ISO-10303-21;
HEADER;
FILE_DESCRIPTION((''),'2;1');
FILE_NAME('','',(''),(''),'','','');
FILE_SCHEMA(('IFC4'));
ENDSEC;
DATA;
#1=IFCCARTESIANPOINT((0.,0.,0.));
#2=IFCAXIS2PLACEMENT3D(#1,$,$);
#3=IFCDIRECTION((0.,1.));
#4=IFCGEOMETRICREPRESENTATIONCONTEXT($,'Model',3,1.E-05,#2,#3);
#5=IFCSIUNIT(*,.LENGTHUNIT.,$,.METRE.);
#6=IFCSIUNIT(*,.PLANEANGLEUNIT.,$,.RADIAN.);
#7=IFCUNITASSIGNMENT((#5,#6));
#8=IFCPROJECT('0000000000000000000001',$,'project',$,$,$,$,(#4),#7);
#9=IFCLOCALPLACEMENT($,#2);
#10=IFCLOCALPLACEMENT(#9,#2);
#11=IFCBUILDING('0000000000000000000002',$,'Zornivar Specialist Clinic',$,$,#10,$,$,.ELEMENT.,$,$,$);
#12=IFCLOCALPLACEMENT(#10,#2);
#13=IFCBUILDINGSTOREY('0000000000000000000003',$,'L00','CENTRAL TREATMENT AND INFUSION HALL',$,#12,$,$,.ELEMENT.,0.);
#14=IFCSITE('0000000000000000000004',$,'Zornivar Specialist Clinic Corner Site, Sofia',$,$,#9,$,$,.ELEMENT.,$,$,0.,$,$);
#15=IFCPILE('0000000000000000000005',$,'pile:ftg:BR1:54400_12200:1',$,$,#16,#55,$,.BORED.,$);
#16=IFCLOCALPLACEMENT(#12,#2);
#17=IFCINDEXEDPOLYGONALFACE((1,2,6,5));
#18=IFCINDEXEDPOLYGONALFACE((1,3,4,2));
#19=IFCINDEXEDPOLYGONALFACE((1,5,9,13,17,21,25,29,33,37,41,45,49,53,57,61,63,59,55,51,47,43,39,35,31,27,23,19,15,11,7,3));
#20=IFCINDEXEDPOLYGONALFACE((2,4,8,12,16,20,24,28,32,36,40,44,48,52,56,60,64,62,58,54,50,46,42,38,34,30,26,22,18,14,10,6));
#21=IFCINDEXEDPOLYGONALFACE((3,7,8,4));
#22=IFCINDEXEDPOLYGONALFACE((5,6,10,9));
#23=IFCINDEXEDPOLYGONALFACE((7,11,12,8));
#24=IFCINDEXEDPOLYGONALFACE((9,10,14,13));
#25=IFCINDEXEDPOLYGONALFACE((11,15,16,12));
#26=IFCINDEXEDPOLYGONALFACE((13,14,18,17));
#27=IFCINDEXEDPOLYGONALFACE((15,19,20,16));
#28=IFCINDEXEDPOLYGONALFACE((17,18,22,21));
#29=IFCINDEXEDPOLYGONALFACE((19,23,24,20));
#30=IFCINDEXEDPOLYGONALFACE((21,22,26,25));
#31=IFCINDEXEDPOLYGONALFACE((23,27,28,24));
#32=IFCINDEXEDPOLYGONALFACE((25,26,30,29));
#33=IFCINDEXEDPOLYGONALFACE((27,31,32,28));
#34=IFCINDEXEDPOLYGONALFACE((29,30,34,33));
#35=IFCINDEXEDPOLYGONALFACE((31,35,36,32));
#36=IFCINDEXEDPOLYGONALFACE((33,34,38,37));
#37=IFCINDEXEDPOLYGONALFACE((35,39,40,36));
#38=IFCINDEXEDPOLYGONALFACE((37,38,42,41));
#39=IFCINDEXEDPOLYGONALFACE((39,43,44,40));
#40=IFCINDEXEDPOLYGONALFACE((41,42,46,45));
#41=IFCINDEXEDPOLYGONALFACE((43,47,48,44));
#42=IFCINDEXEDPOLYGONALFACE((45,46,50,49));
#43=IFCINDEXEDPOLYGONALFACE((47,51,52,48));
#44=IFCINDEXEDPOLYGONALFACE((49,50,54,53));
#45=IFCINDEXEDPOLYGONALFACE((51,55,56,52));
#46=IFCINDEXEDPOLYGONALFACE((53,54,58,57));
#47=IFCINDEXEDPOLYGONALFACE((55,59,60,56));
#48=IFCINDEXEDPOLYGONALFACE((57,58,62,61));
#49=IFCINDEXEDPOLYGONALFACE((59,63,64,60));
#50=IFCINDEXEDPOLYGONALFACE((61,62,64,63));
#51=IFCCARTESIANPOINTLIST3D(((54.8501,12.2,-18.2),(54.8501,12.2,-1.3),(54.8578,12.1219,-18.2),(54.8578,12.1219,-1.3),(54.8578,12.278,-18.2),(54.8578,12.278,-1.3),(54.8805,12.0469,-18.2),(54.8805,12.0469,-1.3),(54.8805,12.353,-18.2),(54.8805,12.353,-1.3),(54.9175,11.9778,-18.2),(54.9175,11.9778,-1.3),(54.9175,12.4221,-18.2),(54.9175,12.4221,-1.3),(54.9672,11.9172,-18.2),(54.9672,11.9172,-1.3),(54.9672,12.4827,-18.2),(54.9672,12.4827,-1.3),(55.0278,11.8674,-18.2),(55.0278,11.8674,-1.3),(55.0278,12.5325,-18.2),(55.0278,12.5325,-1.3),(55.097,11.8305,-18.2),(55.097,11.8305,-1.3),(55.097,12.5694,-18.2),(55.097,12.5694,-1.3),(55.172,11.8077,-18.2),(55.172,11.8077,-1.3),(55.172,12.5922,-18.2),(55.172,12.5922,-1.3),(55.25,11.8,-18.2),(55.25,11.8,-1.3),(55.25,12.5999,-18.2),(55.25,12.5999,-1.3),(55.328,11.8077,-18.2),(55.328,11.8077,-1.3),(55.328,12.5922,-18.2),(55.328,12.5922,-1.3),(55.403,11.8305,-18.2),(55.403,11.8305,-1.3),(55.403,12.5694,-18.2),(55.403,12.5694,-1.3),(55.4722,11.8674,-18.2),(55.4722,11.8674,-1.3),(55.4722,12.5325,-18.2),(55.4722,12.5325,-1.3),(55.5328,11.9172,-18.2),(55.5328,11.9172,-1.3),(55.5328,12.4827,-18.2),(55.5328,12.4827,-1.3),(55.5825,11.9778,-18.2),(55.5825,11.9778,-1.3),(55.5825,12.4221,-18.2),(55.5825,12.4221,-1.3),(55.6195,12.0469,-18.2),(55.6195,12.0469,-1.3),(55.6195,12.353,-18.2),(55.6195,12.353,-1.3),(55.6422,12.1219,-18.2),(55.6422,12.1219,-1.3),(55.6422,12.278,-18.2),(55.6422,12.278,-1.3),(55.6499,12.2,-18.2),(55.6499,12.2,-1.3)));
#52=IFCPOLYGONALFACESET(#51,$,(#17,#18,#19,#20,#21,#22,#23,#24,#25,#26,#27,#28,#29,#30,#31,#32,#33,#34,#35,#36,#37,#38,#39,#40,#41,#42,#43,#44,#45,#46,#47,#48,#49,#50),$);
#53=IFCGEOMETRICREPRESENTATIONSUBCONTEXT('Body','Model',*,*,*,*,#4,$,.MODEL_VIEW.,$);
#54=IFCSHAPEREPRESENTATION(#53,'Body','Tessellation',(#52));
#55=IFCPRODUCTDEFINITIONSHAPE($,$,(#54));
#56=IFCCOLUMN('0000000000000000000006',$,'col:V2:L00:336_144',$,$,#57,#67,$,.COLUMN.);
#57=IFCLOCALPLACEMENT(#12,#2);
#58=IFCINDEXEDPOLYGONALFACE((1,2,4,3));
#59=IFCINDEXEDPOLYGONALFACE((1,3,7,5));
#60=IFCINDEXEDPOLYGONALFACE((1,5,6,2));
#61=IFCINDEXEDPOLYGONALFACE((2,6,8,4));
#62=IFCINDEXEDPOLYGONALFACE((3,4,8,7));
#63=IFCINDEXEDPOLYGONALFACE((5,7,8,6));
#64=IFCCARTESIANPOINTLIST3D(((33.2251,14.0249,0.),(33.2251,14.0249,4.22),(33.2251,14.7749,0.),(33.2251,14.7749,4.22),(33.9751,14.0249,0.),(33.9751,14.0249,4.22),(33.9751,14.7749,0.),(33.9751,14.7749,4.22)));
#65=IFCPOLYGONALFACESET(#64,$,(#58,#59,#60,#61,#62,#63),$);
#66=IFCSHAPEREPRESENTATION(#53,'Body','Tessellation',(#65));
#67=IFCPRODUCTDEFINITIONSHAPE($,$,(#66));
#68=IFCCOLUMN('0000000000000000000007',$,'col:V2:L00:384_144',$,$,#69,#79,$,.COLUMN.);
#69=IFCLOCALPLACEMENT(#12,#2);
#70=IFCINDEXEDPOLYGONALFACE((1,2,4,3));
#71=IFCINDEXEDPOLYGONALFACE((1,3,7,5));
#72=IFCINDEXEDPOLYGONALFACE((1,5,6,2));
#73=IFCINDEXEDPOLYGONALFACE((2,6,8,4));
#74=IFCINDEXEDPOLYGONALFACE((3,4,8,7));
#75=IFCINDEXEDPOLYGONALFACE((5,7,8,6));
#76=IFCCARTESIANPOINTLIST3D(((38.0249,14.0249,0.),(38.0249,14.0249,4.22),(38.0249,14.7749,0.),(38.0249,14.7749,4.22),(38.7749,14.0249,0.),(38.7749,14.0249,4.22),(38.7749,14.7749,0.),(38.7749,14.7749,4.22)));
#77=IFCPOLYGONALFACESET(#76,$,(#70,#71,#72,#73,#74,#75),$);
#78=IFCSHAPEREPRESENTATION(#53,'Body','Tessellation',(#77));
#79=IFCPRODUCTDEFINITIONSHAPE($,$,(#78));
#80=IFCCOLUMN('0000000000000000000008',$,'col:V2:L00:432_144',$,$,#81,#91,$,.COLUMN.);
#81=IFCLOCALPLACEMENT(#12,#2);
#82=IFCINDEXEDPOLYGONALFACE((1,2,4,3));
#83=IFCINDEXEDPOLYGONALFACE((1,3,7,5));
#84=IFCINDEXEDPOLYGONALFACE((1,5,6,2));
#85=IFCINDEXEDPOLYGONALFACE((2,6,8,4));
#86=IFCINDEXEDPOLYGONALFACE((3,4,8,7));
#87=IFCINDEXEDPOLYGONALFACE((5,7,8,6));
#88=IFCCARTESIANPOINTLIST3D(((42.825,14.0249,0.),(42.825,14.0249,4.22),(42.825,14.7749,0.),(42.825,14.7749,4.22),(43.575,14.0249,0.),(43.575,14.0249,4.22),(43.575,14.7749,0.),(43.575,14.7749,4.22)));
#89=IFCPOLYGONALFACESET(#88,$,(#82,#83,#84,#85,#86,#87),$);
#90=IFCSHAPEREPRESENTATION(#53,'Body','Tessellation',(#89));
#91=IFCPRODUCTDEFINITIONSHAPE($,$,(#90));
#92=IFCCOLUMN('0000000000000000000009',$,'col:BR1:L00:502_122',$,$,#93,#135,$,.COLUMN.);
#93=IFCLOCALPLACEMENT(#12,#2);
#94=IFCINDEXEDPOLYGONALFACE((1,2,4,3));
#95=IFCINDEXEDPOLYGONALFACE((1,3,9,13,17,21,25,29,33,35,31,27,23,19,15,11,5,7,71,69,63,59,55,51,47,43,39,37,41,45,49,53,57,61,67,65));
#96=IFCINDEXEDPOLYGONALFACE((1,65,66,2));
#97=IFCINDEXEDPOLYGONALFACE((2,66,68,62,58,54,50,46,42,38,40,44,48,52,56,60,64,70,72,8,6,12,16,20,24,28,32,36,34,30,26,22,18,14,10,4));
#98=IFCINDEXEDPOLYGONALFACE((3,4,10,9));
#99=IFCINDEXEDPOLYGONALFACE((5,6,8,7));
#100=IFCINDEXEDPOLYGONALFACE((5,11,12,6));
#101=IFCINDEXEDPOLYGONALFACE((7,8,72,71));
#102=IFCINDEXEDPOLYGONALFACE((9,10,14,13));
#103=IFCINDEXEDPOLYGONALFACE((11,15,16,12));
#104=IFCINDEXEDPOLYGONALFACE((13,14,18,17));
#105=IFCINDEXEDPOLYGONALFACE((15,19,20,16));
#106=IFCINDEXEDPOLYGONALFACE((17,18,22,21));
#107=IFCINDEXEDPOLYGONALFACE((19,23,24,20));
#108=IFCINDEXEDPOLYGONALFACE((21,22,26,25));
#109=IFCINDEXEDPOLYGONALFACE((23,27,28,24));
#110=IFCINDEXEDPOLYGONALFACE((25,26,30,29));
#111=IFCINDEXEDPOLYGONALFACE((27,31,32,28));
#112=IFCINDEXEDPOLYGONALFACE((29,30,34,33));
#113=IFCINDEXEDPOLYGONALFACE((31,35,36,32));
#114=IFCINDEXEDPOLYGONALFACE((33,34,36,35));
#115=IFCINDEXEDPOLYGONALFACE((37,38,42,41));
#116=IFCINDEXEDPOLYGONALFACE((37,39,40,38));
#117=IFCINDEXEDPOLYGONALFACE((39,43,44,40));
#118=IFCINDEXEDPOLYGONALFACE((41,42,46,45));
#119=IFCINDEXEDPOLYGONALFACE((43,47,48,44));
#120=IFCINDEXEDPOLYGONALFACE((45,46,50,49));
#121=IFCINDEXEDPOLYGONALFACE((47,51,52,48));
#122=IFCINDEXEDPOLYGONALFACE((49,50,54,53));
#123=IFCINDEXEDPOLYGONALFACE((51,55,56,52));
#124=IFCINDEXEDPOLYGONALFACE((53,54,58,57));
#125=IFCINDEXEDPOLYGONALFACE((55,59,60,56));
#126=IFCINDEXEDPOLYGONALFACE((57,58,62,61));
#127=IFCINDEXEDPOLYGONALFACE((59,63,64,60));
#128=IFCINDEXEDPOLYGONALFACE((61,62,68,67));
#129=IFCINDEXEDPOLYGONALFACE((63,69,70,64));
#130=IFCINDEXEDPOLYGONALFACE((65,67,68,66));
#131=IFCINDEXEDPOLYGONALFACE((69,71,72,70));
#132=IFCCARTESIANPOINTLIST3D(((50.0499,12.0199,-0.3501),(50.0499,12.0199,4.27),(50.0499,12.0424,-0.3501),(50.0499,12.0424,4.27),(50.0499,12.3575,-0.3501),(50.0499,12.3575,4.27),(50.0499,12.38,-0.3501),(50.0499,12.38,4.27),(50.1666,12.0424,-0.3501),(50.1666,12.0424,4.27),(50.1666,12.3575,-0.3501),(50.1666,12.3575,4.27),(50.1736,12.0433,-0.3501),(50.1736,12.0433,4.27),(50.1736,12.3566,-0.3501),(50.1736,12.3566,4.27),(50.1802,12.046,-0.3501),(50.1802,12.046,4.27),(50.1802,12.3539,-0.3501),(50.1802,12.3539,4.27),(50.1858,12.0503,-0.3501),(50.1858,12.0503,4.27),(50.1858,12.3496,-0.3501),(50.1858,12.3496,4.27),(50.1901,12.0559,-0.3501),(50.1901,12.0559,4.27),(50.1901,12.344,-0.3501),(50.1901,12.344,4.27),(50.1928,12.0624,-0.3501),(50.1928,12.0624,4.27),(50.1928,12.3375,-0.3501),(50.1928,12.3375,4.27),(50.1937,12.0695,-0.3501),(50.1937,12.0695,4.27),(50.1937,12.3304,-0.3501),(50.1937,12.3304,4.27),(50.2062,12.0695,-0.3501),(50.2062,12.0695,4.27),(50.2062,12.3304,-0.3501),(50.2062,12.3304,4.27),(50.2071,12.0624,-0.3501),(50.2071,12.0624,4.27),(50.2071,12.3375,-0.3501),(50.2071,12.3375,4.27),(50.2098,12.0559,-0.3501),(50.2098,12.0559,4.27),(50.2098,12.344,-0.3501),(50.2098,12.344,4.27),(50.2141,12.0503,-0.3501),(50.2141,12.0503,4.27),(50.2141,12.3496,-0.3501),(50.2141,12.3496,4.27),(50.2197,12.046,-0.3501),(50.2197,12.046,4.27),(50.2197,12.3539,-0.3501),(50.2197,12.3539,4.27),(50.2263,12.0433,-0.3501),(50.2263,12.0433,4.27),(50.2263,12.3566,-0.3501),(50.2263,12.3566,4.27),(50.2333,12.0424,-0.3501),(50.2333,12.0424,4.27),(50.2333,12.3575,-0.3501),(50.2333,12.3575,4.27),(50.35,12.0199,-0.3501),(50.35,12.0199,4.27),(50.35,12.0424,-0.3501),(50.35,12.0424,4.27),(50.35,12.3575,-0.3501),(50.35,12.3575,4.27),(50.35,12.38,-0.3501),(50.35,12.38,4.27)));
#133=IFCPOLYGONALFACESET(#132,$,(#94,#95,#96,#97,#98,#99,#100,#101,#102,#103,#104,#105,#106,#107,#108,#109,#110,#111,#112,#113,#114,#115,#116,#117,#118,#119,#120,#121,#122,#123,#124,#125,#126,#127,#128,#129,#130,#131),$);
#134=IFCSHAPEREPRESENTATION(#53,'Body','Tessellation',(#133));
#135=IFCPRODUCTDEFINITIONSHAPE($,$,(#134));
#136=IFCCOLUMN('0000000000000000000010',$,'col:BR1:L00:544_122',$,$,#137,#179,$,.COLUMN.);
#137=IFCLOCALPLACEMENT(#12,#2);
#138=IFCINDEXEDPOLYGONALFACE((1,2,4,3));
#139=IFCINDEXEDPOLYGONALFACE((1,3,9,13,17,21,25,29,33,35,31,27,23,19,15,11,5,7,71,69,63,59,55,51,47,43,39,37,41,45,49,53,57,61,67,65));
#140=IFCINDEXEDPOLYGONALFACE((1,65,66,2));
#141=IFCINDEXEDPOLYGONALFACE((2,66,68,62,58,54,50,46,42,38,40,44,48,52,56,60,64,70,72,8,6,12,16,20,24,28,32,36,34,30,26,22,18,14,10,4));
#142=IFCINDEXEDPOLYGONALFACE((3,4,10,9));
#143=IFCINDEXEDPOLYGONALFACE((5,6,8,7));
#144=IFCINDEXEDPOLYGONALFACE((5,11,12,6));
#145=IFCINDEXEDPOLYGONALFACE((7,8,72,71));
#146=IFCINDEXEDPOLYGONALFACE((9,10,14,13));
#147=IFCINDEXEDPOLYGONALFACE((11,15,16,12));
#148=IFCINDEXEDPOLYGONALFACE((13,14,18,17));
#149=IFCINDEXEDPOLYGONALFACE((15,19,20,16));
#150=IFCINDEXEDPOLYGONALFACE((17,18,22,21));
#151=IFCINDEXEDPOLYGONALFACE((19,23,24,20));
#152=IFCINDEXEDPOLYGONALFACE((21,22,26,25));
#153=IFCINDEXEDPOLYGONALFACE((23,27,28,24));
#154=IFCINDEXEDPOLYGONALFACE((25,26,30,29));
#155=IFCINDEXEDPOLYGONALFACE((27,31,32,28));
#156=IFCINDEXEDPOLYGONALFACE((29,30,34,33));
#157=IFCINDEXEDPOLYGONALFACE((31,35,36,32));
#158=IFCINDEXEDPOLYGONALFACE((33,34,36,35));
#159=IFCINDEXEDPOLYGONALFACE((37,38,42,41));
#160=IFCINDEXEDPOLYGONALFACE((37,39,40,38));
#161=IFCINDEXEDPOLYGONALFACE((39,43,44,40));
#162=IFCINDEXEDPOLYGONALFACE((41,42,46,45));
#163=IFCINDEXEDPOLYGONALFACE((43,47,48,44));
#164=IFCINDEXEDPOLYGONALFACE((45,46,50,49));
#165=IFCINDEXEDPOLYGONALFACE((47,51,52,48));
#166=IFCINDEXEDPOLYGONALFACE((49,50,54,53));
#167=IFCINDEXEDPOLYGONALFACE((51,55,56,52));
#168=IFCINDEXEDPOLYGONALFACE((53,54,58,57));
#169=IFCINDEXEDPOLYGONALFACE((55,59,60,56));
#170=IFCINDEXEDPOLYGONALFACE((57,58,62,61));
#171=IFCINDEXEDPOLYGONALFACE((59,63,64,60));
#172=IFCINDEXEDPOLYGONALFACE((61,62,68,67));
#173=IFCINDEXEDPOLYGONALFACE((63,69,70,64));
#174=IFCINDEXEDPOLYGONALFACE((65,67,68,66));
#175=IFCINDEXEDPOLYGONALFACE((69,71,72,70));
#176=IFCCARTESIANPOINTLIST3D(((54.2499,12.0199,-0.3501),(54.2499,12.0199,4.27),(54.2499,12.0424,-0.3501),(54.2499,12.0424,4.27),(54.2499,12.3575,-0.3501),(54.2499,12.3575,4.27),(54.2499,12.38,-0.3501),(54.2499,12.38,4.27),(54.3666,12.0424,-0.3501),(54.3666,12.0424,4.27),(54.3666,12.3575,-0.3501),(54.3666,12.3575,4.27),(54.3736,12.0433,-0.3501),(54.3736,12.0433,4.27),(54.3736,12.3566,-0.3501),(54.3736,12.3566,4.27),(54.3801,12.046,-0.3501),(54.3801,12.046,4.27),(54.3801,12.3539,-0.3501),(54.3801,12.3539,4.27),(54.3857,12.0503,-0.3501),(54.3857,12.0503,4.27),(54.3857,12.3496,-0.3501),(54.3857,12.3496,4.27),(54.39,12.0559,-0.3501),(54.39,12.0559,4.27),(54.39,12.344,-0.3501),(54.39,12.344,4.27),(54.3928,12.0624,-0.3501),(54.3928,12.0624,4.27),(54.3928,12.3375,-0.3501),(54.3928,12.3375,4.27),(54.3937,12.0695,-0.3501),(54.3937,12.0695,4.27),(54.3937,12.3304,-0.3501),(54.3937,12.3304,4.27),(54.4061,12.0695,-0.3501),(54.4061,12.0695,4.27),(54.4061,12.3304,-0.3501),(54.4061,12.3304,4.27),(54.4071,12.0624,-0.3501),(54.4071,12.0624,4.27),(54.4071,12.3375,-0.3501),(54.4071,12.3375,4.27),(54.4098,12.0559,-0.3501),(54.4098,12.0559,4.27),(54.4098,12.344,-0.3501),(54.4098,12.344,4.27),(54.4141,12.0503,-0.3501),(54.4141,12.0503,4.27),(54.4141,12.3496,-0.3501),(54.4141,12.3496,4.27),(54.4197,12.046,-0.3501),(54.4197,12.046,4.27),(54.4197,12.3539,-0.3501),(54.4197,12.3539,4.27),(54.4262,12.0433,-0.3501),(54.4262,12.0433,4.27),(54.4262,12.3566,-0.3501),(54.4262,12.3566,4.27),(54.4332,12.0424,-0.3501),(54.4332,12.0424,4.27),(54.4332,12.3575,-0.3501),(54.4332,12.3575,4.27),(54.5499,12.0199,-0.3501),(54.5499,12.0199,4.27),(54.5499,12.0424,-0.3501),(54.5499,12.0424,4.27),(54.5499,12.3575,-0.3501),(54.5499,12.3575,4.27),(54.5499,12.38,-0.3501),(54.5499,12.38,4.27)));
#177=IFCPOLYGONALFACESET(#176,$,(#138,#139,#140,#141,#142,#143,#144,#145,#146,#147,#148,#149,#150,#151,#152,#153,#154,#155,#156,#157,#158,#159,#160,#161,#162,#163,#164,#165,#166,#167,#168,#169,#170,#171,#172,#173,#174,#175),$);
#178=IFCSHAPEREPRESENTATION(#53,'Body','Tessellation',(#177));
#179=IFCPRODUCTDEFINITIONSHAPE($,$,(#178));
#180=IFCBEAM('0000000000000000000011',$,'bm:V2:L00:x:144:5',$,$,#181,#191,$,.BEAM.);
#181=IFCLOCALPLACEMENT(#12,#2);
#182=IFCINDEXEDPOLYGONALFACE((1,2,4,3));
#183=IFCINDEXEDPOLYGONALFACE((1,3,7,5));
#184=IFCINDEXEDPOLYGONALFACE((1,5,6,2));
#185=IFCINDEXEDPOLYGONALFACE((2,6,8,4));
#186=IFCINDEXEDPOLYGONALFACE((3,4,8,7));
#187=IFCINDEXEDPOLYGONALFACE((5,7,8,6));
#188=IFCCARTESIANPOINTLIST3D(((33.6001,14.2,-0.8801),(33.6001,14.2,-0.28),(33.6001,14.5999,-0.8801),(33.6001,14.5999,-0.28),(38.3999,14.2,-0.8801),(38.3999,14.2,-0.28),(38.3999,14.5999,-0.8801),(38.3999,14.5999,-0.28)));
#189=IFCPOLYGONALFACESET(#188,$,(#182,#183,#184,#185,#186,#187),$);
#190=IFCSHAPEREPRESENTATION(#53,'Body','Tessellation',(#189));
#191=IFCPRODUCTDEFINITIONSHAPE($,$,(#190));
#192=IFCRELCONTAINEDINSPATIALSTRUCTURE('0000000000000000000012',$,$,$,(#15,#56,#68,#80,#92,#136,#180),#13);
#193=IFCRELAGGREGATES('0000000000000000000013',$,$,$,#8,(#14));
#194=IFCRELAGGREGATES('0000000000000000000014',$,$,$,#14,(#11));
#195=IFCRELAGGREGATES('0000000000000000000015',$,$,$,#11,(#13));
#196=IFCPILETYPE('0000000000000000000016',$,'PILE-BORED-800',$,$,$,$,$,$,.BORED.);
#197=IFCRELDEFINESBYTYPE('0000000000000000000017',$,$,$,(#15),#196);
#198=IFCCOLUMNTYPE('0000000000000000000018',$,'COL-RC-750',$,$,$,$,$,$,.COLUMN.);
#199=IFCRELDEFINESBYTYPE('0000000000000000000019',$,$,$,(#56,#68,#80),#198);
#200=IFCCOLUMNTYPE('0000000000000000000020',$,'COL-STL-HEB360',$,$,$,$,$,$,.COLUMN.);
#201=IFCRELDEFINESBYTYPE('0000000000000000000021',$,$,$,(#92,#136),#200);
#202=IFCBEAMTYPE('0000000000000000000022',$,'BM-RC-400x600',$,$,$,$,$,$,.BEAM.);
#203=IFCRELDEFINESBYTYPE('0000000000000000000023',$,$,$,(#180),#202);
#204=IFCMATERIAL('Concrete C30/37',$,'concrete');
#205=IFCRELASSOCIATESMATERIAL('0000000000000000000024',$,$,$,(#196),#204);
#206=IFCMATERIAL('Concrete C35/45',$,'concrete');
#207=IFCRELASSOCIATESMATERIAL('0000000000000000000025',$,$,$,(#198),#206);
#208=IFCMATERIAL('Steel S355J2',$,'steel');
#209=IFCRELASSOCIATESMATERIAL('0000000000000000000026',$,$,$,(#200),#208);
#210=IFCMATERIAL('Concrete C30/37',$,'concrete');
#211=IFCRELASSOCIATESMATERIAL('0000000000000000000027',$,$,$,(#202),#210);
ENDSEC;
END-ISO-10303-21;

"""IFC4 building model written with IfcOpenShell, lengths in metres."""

from ifc_helpers import new_model, si_unit, direction, frame, origin, origin_2d, place, context, subcontext, project, spatial, rectangle, circle, i_section, extrude, material, material_profile, profile_set, type_object, element, save


model = new_model("IFC4")

# Units and contexts
model_context = context("Model", 3, precision=1e-05, world=origin(), true_north=direction((0.0, 1.0)))
body_context = subcontext(model_context, "Body", "Model", "MODEL_VIEW")
ifc_project = project(units=[si_unit("LENGTHUNIT", "METRE"), si_unit("PLANEANGLEUNIT", "RADIAN")], contexts=[model_context])

# Site, building, storey
site_placement = place(None, origin())
site = spatial("IfcSite", under=ifc_project, at=site_placement, Name="Zornivar Specialist Clinic Corner Site, Sofia", CompositionType="ELEMENT", RefElevation=0.0)
building_placement = place(site_placement, origin())
building = spatial("IfcBuilding", under=site, at=building_placement, Name="Zornivar Specialist Clinic", CompositionType="ELEMENT")
storey_placement = place(building_placement, origin())
storey = spatial("IfcBuildingStorey", under=building, at=storey_placement, Name="L00", Description="CENTRAL TREATMENT AND INFUSION HALL", CompositionType="ELEMENT", Elevation=0.0)

# Pile
ifc_material_1 = material(Name="Concrete C30/37", Category="concrete")
ifc_material_profile_1 = material_profile(ifc_material_1, circle(Radius=0.3999, at=origin_2d()), Name="PILE D800")
ifc_profile_set_1 = profile_set([ifc_material_profile_1], Name="Concrete C30/37")
pile_type = type_object("IfcPileType", Name="PILE-BORED-800", PredefinedType="BORED", material=ifc_profile_set_1)
for number, where, z_axis, x_axis, name in (
    (1, (55.25, 12.2, -1.3), (0.0, 0.0, -1.0), (1.0, 0.0, 0.0), "pile:ftg:BR1:54400_12200:1"),
):
    element("IfcPile", number, at=place(storey_placement, frame(where, z_axis=z_axis, x_axis=x_axis)), inside=storey, type_object=pile_type, Name=name, PredefinedType="BORED", context=body_context, shape_type="SweptSolid", body=[
        extrude(circle(Radius=0.3999, at=origin_2d()), origin(), (0.0, 0.0, 1.0), 16.8999),
    ])

# Columns
ifc_material_2 = material(Name="Concrete C35/45", Category="concrete")
ifc_material_profile_2 = material_profile(ifc_material_2, rectangle(XDim=0.75, YDim=0.75, at=origin_2d()), Name="RC 750x750")
ifc_profile_set_2 = profile_set([ifc_material_profile_2], Name="Concrete C35/45")
column_type_1 = type_object("IfcColumnType", Name="COL-RC-750", PredefinedType="COLUMN", material=ifc_profile_set_2)
for number, where, z_axis, x_axis, name in (
    (2, (33.6001, 14.3999, 0.0), (0.0, 0.0, 1.0), (1.0, 0.0, 0.0), "col:V2:L00:336_144"),
    (3, (38.3999, 14.3999, 0.0), (0.0, 0.0, 1.0), (1.0, 0.0, 0.0), "col:V2:L00:384_144"),
    (4, (43.2, 14.3999, 0.0), (0.0, 0.0, 1.0), (1.0, 0.0, 0.0), "col:V2:L00:432_144"),
):
    element("IfcColumn", number, at=place(storey_placement, frame(where, z_axis=z_axis, x_axis=x_axis)), inside=storey, type_object=column_type_1, Name=name, PredefinedType="COLUMN", context=body_context, shape_type="SweptSolid", body=[
        extrude(rectangle(XDim=0.75, YDim=0.75, at=origin_2d()), origin(), (0.0, 0.0, 1.0), 4.22),
    ])
ifc_material_3 = material(Name="Steel S355J2", Category="steel")
ifc_material_profile_3 = material_profile(ifc_material_3, i_section(OverallWidth=0.3, OverallDepth=0.3601, WebThickness=0.0125, FlangeThickness=0.0225, FilletRadius=0.0271, at=origin_2d()), Name="HEB 360")
ifc_profile_set_3 = profile_set([ifc_material_profile_3], Name="Steel S355J2")
column_type_2 = type_object("IfcColumnType", Name="COL-STL-HEB360", PredefinedType="COLUMN", material=ifc_profile_set_3)
for number, where, z_axis, x_axis, name in (
    (5, (50.2, 12.2, -0.3501), (0.0, 0.0, 1.0), (1.0, 0.0, 0.0), "col:BR1:L00:502_122"),
    (6, (54.3999, 12.2, -0.3501), (0.0, 0.0, 1.0), (1.0, 0.0, 0.0), "col:BR1:L00:544_122"),
):
    element("IfcColumn", number, at=place(storey_placement, frame(where, z_axis=z_axis, x_axis=x_axis)), inside=storey, type_object=column_type_2, Name=name, PredefinedType="COLUMN", context=body_context, shape_type="SweptSolid", body=[
        extrude(i_section(OverallWidth=0.3, OverallDepth=0.3601, WebThickness=0.0125, FlangeThickness=0.0225, FilletRadius=0.0271, at=origin_2d()), origin(), (0.0, 0.0, 1.0), 4.6201),
    ])

# Beam
ifc_material_4 = material(Name="Concrete C30/37", Category="concrete")
ifc_material_profile_4 = material_profile(ifc_material_4, rectangle(XDim=0.3999, YDim=0.6001, at=origin_2d()), Name="RC 400x600")
ifc_profile_set_4 = profile_set([ifc_material_profile_4], Name="Concrete C30/37")
beam_type = type_object("IfcBeamType", Name="BM-RC-400x600", PredefinedType="BEAM", material=ifc_profile_set_4)
beam_1_placement = place(storey_placement, frame((33.6001, 14.3999, -0.5801), z_axis=(1.0, 0.0, 0.0), x_axis=(0.0, 1.0, 0.0)))
element("IfcBeam", 7, at=beam_1_placement, inside=storey, type_object=beam_type, Name="bm:V2:L00:x:144:5", PredefinedType="BEAM", context=body_context, shape_type="SweptSolid", body=[
    extrude(rectangle(XDim=0.3999, YDim=0.6001, at=origin_2d()), origin(), (0.0, 0.0, 1.0), 4.7998),
])

save(model, "model.ifc")
